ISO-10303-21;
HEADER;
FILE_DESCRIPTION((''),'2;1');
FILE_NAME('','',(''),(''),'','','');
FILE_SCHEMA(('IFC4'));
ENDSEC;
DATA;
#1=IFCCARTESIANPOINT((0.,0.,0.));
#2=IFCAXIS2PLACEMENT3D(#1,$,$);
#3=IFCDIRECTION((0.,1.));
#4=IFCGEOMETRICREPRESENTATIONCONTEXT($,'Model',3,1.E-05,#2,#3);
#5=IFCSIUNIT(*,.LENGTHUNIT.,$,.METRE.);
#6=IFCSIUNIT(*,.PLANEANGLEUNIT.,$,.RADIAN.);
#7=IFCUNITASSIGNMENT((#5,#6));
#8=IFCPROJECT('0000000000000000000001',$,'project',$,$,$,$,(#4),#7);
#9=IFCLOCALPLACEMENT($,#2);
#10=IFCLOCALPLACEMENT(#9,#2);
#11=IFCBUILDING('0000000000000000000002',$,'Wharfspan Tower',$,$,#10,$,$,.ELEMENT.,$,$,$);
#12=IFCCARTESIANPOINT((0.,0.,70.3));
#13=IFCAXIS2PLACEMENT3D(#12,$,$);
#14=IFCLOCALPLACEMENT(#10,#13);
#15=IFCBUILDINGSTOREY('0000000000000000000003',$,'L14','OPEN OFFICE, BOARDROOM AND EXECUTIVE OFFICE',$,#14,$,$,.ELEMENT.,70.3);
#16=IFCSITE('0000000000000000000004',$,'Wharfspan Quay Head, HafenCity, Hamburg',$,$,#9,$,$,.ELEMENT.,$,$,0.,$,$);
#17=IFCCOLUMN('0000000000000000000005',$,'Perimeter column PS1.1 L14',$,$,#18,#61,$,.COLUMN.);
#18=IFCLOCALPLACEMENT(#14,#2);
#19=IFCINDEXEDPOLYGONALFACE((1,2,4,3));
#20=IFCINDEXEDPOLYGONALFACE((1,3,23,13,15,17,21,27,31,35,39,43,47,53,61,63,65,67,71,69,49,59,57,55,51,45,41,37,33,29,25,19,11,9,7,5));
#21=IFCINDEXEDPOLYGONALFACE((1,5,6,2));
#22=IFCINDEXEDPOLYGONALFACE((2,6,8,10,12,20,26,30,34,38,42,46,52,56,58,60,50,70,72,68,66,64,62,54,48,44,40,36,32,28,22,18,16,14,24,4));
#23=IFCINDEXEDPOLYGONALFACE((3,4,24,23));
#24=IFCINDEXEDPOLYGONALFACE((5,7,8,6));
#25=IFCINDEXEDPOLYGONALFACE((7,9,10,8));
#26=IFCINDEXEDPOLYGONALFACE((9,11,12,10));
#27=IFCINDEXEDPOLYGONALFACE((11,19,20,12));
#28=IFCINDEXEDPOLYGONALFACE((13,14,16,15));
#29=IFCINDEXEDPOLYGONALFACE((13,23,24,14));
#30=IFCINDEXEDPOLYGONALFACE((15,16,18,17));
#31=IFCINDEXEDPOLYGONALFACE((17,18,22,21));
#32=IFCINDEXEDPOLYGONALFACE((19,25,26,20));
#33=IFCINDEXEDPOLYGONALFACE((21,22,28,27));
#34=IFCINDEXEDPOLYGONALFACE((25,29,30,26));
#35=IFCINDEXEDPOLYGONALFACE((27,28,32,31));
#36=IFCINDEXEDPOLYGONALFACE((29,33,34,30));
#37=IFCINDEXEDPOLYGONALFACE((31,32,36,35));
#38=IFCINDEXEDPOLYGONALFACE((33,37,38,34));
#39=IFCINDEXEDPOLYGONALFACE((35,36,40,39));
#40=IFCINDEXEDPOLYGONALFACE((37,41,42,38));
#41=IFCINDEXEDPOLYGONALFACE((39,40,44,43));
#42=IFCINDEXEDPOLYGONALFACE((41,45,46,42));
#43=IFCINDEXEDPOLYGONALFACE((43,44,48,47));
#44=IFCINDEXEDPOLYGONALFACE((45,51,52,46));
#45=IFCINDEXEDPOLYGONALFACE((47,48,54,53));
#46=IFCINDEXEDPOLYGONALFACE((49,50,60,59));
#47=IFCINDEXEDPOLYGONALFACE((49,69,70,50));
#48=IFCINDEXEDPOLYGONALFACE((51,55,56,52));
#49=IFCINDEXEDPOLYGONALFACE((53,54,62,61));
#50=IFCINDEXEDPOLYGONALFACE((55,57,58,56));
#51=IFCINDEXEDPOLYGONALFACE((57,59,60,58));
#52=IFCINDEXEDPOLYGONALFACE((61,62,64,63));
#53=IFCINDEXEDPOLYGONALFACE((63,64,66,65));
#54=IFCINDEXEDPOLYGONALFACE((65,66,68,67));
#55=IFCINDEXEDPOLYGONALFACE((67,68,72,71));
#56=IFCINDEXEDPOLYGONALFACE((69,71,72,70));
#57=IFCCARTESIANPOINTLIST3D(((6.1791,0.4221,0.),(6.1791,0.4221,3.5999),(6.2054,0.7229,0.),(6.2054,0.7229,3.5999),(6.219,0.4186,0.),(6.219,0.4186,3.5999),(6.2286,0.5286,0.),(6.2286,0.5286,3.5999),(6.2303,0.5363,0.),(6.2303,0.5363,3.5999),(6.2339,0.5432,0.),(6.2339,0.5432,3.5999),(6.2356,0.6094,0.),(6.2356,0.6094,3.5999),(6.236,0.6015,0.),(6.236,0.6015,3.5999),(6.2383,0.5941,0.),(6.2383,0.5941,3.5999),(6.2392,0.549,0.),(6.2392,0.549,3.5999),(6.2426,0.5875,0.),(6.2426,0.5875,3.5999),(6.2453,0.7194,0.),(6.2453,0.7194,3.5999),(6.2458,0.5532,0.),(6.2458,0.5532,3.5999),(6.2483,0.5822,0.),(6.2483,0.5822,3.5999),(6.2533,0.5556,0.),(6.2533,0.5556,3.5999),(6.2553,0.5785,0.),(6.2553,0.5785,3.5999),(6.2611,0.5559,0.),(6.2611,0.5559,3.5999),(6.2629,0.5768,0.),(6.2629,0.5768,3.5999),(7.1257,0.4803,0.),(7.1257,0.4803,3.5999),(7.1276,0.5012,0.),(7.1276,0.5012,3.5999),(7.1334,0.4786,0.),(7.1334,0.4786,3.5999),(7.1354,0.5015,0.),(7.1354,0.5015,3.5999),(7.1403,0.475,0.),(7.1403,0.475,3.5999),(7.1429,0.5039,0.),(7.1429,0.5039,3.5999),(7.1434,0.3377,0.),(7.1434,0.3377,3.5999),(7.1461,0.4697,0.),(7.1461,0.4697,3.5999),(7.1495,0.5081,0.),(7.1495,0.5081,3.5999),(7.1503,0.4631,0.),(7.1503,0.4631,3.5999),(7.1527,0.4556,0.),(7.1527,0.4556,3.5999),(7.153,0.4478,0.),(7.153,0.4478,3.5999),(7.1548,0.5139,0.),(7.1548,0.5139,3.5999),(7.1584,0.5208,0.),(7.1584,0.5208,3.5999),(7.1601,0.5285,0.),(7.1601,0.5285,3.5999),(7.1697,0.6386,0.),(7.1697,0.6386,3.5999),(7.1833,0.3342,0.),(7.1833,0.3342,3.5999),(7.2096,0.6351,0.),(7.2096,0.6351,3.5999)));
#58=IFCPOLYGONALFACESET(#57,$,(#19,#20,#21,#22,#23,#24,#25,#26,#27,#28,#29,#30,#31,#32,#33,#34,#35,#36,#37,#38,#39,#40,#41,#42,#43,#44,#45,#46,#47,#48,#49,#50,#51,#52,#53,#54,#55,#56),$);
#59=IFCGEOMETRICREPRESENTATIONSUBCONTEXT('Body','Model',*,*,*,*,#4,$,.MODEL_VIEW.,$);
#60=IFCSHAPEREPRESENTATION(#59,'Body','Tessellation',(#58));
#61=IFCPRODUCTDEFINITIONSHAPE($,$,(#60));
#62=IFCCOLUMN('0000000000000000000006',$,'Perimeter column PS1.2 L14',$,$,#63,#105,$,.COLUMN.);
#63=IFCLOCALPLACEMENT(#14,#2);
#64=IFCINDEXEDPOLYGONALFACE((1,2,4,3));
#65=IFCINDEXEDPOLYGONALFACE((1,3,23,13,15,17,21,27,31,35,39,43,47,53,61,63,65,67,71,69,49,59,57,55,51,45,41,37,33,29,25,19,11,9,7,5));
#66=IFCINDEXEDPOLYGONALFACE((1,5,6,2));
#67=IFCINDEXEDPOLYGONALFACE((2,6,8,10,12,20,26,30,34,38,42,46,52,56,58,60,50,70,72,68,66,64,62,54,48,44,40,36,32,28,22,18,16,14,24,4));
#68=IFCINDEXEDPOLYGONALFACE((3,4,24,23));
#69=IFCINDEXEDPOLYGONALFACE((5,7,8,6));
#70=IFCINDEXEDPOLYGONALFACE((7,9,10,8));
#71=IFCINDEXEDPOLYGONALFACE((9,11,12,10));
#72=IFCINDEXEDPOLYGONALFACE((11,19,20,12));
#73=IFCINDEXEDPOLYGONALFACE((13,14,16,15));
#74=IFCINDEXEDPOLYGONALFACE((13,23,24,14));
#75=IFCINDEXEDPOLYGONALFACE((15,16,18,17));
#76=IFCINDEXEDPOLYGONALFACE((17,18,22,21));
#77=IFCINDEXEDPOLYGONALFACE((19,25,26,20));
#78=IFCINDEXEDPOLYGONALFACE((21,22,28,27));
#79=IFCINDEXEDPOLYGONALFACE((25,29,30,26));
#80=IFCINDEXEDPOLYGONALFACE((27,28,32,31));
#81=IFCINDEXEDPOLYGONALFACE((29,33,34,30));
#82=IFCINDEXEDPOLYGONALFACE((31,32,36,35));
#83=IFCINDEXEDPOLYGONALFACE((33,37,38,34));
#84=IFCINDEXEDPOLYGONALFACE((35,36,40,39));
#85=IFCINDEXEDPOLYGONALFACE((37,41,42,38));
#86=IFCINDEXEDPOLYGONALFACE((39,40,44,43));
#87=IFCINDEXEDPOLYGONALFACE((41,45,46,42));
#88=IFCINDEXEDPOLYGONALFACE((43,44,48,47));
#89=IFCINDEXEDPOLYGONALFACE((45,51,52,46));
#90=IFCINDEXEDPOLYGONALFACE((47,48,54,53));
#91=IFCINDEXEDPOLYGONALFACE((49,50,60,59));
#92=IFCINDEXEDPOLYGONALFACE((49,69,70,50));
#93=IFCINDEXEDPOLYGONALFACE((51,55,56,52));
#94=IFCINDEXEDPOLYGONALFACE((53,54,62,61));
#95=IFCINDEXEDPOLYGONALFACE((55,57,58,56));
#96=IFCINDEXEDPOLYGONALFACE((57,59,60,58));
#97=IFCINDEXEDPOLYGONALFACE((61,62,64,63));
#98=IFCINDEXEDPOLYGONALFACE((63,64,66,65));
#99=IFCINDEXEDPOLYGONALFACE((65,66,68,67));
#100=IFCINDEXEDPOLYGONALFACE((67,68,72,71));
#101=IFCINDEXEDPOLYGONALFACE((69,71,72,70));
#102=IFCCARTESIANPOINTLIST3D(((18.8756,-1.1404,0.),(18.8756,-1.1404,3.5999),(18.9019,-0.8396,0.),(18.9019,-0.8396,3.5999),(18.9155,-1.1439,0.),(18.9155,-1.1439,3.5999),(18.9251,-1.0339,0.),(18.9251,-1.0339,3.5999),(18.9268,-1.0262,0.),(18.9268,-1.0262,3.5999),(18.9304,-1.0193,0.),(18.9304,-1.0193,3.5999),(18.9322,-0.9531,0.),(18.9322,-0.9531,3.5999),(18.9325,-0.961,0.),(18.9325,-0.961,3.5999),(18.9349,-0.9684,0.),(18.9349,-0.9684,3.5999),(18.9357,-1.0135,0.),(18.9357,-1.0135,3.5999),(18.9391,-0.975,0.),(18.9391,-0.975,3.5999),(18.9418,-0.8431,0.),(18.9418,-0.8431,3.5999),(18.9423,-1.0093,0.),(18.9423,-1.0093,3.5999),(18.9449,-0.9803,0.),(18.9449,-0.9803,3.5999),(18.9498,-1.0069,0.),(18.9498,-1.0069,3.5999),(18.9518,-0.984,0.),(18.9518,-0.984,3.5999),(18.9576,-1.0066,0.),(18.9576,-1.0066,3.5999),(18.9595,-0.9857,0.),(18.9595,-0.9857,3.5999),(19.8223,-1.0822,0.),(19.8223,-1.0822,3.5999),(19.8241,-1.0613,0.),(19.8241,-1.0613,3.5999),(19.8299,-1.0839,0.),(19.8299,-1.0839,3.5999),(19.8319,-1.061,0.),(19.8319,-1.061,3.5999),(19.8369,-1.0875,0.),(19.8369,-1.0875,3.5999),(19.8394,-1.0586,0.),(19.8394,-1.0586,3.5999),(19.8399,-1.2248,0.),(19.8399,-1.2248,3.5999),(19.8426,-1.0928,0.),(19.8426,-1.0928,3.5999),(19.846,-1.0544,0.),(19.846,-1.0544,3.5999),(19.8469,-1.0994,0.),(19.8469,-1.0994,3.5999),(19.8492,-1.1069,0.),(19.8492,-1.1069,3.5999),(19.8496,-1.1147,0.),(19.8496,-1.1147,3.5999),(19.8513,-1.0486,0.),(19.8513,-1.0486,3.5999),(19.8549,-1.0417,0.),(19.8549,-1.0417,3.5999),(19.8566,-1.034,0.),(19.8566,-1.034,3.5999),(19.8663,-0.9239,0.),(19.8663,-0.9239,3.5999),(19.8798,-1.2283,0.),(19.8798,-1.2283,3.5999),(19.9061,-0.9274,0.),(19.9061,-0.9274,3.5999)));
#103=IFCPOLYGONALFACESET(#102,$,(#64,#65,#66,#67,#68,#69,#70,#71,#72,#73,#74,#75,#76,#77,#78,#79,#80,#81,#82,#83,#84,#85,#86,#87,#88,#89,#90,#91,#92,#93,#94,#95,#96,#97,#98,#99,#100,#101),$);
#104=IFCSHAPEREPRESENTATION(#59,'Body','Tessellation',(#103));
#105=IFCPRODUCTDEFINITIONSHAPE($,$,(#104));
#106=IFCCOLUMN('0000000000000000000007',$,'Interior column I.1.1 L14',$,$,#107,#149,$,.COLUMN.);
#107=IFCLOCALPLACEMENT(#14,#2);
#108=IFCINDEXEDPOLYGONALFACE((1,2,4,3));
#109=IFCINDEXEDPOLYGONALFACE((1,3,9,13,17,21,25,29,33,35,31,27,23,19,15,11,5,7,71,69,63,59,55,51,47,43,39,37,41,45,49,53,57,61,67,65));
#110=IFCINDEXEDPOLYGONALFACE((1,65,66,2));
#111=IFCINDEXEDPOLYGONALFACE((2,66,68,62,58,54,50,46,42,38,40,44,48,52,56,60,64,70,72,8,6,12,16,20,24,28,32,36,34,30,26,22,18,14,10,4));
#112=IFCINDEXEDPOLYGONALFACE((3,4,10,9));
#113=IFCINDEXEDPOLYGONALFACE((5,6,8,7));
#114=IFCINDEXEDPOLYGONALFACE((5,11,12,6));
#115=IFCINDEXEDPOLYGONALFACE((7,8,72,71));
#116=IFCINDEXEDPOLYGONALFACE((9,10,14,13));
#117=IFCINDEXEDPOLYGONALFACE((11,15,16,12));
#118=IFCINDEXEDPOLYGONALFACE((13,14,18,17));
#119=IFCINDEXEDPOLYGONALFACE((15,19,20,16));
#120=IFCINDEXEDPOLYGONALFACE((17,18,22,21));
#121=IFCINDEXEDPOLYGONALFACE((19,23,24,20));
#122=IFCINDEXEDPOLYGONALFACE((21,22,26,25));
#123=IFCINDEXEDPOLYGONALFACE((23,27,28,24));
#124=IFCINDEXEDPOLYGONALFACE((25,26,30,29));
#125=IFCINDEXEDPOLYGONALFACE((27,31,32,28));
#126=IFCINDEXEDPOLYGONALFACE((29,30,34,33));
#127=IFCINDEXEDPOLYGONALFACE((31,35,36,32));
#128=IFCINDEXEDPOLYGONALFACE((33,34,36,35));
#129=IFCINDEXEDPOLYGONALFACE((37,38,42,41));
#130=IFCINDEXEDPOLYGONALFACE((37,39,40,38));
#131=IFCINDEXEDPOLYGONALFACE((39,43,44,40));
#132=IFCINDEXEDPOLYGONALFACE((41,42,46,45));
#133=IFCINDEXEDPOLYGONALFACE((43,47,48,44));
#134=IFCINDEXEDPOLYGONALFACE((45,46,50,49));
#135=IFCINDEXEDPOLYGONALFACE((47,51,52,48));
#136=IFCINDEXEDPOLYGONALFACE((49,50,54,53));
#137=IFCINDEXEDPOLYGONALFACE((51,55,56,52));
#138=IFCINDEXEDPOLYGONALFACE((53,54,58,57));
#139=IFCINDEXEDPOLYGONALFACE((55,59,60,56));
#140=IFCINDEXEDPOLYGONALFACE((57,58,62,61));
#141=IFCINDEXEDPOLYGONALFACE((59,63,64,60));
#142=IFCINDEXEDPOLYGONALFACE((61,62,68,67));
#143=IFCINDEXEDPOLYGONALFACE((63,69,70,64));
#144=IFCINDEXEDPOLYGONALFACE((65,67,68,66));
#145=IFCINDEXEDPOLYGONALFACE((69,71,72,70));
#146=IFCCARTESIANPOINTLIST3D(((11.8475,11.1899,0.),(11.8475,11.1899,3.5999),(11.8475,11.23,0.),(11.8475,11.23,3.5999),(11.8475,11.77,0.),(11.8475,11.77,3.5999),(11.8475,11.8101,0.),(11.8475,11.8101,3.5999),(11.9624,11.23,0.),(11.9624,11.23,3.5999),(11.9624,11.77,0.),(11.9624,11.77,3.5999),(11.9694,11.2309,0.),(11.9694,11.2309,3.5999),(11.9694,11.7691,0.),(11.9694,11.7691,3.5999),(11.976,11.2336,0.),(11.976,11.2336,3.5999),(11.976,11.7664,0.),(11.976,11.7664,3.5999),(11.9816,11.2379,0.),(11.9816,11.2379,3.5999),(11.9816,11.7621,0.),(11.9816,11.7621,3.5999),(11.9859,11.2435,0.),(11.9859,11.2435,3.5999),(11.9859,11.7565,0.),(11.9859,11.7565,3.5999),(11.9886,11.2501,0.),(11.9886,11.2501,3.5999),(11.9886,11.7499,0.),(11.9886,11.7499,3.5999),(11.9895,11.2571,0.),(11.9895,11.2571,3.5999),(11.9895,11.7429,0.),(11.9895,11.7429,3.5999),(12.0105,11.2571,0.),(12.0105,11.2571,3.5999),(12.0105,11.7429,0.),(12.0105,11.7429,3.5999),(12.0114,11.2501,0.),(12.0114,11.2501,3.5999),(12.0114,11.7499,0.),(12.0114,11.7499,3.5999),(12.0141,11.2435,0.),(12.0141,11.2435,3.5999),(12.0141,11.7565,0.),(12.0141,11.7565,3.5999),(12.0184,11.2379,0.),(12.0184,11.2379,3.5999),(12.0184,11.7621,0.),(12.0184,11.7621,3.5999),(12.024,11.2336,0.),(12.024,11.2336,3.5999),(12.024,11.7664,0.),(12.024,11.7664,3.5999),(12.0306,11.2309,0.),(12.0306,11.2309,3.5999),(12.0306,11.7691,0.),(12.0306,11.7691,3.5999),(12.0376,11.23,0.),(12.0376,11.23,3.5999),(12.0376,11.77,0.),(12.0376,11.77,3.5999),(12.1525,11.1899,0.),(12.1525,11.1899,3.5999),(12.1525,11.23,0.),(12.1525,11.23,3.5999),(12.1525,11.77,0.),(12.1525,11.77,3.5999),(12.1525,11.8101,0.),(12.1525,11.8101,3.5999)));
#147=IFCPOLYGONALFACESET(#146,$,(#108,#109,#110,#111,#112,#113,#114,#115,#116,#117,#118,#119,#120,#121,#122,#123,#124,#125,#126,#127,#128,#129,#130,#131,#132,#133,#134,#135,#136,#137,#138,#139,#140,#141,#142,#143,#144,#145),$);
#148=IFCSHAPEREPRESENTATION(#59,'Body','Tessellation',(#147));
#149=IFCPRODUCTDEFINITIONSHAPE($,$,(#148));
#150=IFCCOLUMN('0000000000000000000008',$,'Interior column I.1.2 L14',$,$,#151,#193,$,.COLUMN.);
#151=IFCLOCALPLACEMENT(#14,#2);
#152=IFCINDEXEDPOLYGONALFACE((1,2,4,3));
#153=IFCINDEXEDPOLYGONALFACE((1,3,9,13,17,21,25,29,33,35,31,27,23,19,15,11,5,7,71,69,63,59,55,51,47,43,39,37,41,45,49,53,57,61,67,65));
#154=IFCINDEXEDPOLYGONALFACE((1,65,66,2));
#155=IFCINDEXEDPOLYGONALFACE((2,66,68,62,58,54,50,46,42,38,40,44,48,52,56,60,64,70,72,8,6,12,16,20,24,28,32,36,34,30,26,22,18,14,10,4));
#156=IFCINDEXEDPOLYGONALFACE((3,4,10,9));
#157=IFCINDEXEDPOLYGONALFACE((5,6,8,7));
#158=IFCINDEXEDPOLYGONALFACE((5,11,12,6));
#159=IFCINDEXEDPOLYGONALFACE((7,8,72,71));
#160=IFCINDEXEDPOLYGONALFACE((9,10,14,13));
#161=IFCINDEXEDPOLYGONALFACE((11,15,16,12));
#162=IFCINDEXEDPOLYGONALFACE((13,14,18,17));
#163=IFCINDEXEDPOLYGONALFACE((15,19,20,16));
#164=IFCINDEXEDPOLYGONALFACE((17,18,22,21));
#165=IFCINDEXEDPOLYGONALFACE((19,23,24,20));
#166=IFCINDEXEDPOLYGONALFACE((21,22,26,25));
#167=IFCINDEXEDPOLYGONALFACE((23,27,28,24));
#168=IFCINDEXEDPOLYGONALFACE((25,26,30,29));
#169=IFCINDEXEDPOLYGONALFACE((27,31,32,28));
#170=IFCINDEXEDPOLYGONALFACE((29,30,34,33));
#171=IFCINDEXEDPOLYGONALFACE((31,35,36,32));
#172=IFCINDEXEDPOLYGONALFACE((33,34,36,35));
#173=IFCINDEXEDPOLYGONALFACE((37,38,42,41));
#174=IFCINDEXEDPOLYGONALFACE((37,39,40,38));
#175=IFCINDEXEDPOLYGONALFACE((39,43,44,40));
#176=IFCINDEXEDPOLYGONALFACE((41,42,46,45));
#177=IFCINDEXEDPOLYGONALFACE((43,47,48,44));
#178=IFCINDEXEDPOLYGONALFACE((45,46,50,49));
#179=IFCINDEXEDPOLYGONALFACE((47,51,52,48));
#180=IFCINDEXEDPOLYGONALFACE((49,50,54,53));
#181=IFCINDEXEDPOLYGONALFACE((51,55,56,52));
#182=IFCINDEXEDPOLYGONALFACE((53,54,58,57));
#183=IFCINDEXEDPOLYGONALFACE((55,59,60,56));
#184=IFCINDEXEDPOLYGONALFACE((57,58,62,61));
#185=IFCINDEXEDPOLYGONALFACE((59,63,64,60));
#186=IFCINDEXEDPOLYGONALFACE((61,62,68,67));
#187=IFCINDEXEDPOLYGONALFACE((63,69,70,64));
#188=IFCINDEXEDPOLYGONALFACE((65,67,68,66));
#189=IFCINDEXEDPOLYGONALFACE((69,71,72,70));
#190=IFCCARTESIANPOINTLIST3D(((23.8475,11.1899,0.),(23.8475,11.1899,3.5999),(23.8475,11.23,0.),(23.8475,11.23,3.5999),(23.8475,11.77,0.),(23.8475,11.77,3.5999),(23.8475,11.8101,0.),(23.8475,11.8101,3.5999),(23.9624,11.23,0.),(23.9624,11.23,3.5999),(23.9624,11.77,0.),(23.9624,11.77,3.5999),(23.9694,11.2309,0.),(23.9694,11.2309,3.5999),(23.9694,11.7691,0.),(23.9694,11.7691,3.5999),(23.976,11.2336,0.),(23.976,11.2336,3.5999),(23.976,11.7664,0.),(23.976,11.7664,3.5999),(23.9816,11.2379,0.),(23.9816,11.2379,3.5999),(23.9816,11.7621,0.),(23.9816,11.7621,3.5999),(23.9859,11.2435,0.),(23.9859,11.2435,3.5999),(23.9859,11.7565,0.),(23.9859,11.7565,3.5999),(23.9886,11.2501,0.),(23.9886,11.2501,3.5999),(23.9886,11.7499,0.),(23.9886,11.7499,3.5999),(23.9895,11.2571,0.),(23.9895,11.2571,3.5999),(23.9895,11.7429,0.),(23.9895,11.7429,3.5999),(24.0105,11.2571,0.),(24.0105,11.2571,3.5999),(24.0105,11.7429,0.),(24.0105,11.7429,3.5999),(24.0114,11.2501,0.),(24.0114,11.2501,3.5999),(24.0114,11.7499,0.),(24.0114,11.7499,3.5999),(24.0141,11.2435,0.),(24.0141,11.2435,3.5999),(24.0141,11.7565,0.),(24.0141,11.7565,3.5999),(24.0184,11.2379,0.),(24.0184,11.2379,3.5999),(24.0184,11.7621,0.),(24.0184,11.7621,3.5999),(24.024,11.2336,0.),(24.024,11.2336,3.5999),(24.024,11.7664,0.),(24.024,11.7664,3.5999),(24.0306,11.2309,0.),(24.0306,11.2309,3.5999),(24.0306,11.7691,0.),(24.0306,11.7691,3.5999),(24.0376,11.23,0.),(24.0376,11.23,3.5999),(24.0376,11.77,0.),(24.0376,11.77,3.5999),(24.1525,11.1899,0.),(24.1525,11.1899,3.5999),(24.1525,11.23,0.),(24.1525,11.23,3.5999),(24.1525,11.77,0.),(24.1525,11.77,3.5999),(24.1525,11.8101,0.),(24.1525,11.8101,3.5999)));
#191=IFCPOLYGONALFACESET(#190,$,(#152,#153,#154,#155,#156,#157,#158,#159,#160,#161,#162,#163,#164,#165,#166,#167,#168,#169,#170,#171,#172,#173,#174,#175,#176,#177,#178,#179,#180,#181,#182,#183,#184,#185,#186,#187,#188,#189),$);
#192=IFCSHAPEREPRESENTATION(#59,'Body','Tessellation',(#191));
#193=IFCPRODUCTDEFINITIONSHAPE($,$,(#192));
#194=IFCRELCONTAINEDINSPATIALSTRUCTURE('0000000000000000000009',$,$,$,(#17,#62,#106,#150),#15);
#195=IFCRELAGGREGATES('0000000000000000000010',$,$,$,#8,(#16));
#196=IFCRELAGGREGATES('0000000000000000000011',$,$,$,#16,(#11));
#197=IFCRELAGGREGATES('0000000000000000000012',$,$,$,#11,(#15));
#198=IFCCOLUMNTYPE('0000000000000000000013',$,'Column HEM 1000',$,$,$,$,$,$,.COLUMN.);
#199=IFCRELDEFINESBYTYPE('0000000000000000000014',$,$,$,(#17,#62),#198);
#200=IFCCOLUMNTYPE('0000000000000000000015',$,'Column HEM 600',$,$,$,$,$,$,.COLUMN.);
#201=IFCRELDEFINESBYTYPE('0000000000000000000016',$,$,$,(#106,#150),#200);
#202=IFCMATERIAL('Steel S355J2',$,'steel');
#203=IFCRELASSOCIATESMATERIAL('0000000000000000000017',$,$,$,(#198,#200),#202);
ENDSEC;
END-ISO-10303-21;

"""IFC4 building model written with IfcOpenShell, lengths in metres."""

from ifc_helpers import new_model, si_unit, direction, frame, origin, origin_2d, place, context, subcontext, project, spatial, i_section, extrude, material, material_profile, profile_set, type_object, element, save


model = new_model("IFC4")

# Units and contexts
model_context = context("Model", 3, precision=1e-05, world=origin(), true_north=direction((0.0, 1.0)))
body_context = subcontext(model_context, "Body", "Model", "MODEL_VIEW")
ifc_project = project(units=[si_unit("LENGTHUNIT", "METRE"), si_unit("PLANEANGLEUNIT", "RADIAN")], contexts=[model_context])

# Site, building, storey
site_placement = place(None, origin())
site = spatial("IfcSite", under=ifc_project, at=site_placement, Name="Wharfspan Quay Head, HafenCity, Hamburg", CompositionType="ELEMENT", RefElevation=0.0)
building_placement = place(site_placement, origin())
building = spatial("IfcBuilding", under=site, at=building_placement, Name="Wharfspan Tower", CompositionType="ELEMENT")
storey_placement = place(building_placement, frame((0.0, 0.0, 70.3)))
storey = spatial("IfcBuildingStorey", under=building, at=storey_placement, Name="L14", Description="OPEN OFFICE, BOARDROOM AND EXECUTIVE OFFICE", CompositionType="ELEMENT", Elevation=70.3)

# Columns
ifc_material_1 = material(Name="Steel S355J2", Category="steel")
ifc_material_profile_1 = material_profile(ifc_material_1, i_section(OverallWidth=0.302, OverallDepth=1.0081, WebThickness=0.021, FlangeThickness=0.04, FilletRadius=0.03, at=origin_2d()))
ifc_profile_set_1 = profile_set([ifc_material_profile_1], Name="Steel S355J2")
column_type_1 = type_object("IfcColumnType", Name="Column HEM 1000", PredefinedType="COLUMN", material=ifc_profile_set_1)
for number, where, z_axis, x_axis, name in (
    (1, (6.6943, 0.5286, 0.0), (0.0, 0.0, 1.0), (-0.087156, -0.996198, 0.0), "Perimeter column PS1.1 L14"),
    (2, (19.3909, -1.0339, 0.0), (0.0, 0.0, 1.0), (-0.087156, -0.996198, 0.0), "Perimeter column PS1.2 L14"),
):
    element("IfcColumn", number, at=place(storey_placement, frame(where, z_axis=z_axis, x_axis=x_axis)), inside=storey, type_object=column_type_1, Name=name, PredefinedType="COLUMN", context=body_context, shape_type="SweptSolid", body=[
        extrude(i_section(OverallWidth=0.302, OverallDepth=1.0081, WebThickness=0.021, FlangeThickness=0.04, FilletRadius=0.03, at=origin_2d()), origin(), (0.0, 0.0, 1.0), 3.5999),
    ])
ifc_material_profile_2 = material_profile(ifc_material_1, i_section(OverallWidth=0.3049, OverallDepth=0.6201, WebThickness=0.021, FlangeThickness=0.04, FilletRadius=0.0271, at=origin_2d()))
ifc_profile_set_2 = profile_set([ifc_material_profile_2], Name="Steel S355J2")
column_type_2 = type_object("IfcColumnType", Name="Column HEM 600", PredefinedType="COLUMN", material=ifc_profile_set_2)
for number, where, z_axis, x_axis, name in (
    (3, (12.0, 11.5, 0.0), (0.0, 0.0, 1.0), (1.0, 0.0, 0.0), "Interior column I.1.1 L14"),
    (4, (24.0, 11.5, 0.0), (0.0, 0.0, 1.0), (1.0, 0.0, 0.0), "Interior column I.1.2 L14"),
):
    element("IfcColumn", number, at=place(storey_placement, frame(where, z_axis=z_axis, x_axis=x_axis)), inside=storey, type_object=column_type_2, Name=name, PredefinedType="COLUMN", context=body_context, shape_type="SweptSolid", body=[
        extrude(i_section(OverallWidth=0.3049, OverallDepth=0.6201, WebThickness=0.021, FlangeThickness=0.04, FilletRadius=0.0271, at=origin_2d()), origin(), (0.0, 0.0, 1.0), 3.5999),
    ])

save(model, "model.ifc")
